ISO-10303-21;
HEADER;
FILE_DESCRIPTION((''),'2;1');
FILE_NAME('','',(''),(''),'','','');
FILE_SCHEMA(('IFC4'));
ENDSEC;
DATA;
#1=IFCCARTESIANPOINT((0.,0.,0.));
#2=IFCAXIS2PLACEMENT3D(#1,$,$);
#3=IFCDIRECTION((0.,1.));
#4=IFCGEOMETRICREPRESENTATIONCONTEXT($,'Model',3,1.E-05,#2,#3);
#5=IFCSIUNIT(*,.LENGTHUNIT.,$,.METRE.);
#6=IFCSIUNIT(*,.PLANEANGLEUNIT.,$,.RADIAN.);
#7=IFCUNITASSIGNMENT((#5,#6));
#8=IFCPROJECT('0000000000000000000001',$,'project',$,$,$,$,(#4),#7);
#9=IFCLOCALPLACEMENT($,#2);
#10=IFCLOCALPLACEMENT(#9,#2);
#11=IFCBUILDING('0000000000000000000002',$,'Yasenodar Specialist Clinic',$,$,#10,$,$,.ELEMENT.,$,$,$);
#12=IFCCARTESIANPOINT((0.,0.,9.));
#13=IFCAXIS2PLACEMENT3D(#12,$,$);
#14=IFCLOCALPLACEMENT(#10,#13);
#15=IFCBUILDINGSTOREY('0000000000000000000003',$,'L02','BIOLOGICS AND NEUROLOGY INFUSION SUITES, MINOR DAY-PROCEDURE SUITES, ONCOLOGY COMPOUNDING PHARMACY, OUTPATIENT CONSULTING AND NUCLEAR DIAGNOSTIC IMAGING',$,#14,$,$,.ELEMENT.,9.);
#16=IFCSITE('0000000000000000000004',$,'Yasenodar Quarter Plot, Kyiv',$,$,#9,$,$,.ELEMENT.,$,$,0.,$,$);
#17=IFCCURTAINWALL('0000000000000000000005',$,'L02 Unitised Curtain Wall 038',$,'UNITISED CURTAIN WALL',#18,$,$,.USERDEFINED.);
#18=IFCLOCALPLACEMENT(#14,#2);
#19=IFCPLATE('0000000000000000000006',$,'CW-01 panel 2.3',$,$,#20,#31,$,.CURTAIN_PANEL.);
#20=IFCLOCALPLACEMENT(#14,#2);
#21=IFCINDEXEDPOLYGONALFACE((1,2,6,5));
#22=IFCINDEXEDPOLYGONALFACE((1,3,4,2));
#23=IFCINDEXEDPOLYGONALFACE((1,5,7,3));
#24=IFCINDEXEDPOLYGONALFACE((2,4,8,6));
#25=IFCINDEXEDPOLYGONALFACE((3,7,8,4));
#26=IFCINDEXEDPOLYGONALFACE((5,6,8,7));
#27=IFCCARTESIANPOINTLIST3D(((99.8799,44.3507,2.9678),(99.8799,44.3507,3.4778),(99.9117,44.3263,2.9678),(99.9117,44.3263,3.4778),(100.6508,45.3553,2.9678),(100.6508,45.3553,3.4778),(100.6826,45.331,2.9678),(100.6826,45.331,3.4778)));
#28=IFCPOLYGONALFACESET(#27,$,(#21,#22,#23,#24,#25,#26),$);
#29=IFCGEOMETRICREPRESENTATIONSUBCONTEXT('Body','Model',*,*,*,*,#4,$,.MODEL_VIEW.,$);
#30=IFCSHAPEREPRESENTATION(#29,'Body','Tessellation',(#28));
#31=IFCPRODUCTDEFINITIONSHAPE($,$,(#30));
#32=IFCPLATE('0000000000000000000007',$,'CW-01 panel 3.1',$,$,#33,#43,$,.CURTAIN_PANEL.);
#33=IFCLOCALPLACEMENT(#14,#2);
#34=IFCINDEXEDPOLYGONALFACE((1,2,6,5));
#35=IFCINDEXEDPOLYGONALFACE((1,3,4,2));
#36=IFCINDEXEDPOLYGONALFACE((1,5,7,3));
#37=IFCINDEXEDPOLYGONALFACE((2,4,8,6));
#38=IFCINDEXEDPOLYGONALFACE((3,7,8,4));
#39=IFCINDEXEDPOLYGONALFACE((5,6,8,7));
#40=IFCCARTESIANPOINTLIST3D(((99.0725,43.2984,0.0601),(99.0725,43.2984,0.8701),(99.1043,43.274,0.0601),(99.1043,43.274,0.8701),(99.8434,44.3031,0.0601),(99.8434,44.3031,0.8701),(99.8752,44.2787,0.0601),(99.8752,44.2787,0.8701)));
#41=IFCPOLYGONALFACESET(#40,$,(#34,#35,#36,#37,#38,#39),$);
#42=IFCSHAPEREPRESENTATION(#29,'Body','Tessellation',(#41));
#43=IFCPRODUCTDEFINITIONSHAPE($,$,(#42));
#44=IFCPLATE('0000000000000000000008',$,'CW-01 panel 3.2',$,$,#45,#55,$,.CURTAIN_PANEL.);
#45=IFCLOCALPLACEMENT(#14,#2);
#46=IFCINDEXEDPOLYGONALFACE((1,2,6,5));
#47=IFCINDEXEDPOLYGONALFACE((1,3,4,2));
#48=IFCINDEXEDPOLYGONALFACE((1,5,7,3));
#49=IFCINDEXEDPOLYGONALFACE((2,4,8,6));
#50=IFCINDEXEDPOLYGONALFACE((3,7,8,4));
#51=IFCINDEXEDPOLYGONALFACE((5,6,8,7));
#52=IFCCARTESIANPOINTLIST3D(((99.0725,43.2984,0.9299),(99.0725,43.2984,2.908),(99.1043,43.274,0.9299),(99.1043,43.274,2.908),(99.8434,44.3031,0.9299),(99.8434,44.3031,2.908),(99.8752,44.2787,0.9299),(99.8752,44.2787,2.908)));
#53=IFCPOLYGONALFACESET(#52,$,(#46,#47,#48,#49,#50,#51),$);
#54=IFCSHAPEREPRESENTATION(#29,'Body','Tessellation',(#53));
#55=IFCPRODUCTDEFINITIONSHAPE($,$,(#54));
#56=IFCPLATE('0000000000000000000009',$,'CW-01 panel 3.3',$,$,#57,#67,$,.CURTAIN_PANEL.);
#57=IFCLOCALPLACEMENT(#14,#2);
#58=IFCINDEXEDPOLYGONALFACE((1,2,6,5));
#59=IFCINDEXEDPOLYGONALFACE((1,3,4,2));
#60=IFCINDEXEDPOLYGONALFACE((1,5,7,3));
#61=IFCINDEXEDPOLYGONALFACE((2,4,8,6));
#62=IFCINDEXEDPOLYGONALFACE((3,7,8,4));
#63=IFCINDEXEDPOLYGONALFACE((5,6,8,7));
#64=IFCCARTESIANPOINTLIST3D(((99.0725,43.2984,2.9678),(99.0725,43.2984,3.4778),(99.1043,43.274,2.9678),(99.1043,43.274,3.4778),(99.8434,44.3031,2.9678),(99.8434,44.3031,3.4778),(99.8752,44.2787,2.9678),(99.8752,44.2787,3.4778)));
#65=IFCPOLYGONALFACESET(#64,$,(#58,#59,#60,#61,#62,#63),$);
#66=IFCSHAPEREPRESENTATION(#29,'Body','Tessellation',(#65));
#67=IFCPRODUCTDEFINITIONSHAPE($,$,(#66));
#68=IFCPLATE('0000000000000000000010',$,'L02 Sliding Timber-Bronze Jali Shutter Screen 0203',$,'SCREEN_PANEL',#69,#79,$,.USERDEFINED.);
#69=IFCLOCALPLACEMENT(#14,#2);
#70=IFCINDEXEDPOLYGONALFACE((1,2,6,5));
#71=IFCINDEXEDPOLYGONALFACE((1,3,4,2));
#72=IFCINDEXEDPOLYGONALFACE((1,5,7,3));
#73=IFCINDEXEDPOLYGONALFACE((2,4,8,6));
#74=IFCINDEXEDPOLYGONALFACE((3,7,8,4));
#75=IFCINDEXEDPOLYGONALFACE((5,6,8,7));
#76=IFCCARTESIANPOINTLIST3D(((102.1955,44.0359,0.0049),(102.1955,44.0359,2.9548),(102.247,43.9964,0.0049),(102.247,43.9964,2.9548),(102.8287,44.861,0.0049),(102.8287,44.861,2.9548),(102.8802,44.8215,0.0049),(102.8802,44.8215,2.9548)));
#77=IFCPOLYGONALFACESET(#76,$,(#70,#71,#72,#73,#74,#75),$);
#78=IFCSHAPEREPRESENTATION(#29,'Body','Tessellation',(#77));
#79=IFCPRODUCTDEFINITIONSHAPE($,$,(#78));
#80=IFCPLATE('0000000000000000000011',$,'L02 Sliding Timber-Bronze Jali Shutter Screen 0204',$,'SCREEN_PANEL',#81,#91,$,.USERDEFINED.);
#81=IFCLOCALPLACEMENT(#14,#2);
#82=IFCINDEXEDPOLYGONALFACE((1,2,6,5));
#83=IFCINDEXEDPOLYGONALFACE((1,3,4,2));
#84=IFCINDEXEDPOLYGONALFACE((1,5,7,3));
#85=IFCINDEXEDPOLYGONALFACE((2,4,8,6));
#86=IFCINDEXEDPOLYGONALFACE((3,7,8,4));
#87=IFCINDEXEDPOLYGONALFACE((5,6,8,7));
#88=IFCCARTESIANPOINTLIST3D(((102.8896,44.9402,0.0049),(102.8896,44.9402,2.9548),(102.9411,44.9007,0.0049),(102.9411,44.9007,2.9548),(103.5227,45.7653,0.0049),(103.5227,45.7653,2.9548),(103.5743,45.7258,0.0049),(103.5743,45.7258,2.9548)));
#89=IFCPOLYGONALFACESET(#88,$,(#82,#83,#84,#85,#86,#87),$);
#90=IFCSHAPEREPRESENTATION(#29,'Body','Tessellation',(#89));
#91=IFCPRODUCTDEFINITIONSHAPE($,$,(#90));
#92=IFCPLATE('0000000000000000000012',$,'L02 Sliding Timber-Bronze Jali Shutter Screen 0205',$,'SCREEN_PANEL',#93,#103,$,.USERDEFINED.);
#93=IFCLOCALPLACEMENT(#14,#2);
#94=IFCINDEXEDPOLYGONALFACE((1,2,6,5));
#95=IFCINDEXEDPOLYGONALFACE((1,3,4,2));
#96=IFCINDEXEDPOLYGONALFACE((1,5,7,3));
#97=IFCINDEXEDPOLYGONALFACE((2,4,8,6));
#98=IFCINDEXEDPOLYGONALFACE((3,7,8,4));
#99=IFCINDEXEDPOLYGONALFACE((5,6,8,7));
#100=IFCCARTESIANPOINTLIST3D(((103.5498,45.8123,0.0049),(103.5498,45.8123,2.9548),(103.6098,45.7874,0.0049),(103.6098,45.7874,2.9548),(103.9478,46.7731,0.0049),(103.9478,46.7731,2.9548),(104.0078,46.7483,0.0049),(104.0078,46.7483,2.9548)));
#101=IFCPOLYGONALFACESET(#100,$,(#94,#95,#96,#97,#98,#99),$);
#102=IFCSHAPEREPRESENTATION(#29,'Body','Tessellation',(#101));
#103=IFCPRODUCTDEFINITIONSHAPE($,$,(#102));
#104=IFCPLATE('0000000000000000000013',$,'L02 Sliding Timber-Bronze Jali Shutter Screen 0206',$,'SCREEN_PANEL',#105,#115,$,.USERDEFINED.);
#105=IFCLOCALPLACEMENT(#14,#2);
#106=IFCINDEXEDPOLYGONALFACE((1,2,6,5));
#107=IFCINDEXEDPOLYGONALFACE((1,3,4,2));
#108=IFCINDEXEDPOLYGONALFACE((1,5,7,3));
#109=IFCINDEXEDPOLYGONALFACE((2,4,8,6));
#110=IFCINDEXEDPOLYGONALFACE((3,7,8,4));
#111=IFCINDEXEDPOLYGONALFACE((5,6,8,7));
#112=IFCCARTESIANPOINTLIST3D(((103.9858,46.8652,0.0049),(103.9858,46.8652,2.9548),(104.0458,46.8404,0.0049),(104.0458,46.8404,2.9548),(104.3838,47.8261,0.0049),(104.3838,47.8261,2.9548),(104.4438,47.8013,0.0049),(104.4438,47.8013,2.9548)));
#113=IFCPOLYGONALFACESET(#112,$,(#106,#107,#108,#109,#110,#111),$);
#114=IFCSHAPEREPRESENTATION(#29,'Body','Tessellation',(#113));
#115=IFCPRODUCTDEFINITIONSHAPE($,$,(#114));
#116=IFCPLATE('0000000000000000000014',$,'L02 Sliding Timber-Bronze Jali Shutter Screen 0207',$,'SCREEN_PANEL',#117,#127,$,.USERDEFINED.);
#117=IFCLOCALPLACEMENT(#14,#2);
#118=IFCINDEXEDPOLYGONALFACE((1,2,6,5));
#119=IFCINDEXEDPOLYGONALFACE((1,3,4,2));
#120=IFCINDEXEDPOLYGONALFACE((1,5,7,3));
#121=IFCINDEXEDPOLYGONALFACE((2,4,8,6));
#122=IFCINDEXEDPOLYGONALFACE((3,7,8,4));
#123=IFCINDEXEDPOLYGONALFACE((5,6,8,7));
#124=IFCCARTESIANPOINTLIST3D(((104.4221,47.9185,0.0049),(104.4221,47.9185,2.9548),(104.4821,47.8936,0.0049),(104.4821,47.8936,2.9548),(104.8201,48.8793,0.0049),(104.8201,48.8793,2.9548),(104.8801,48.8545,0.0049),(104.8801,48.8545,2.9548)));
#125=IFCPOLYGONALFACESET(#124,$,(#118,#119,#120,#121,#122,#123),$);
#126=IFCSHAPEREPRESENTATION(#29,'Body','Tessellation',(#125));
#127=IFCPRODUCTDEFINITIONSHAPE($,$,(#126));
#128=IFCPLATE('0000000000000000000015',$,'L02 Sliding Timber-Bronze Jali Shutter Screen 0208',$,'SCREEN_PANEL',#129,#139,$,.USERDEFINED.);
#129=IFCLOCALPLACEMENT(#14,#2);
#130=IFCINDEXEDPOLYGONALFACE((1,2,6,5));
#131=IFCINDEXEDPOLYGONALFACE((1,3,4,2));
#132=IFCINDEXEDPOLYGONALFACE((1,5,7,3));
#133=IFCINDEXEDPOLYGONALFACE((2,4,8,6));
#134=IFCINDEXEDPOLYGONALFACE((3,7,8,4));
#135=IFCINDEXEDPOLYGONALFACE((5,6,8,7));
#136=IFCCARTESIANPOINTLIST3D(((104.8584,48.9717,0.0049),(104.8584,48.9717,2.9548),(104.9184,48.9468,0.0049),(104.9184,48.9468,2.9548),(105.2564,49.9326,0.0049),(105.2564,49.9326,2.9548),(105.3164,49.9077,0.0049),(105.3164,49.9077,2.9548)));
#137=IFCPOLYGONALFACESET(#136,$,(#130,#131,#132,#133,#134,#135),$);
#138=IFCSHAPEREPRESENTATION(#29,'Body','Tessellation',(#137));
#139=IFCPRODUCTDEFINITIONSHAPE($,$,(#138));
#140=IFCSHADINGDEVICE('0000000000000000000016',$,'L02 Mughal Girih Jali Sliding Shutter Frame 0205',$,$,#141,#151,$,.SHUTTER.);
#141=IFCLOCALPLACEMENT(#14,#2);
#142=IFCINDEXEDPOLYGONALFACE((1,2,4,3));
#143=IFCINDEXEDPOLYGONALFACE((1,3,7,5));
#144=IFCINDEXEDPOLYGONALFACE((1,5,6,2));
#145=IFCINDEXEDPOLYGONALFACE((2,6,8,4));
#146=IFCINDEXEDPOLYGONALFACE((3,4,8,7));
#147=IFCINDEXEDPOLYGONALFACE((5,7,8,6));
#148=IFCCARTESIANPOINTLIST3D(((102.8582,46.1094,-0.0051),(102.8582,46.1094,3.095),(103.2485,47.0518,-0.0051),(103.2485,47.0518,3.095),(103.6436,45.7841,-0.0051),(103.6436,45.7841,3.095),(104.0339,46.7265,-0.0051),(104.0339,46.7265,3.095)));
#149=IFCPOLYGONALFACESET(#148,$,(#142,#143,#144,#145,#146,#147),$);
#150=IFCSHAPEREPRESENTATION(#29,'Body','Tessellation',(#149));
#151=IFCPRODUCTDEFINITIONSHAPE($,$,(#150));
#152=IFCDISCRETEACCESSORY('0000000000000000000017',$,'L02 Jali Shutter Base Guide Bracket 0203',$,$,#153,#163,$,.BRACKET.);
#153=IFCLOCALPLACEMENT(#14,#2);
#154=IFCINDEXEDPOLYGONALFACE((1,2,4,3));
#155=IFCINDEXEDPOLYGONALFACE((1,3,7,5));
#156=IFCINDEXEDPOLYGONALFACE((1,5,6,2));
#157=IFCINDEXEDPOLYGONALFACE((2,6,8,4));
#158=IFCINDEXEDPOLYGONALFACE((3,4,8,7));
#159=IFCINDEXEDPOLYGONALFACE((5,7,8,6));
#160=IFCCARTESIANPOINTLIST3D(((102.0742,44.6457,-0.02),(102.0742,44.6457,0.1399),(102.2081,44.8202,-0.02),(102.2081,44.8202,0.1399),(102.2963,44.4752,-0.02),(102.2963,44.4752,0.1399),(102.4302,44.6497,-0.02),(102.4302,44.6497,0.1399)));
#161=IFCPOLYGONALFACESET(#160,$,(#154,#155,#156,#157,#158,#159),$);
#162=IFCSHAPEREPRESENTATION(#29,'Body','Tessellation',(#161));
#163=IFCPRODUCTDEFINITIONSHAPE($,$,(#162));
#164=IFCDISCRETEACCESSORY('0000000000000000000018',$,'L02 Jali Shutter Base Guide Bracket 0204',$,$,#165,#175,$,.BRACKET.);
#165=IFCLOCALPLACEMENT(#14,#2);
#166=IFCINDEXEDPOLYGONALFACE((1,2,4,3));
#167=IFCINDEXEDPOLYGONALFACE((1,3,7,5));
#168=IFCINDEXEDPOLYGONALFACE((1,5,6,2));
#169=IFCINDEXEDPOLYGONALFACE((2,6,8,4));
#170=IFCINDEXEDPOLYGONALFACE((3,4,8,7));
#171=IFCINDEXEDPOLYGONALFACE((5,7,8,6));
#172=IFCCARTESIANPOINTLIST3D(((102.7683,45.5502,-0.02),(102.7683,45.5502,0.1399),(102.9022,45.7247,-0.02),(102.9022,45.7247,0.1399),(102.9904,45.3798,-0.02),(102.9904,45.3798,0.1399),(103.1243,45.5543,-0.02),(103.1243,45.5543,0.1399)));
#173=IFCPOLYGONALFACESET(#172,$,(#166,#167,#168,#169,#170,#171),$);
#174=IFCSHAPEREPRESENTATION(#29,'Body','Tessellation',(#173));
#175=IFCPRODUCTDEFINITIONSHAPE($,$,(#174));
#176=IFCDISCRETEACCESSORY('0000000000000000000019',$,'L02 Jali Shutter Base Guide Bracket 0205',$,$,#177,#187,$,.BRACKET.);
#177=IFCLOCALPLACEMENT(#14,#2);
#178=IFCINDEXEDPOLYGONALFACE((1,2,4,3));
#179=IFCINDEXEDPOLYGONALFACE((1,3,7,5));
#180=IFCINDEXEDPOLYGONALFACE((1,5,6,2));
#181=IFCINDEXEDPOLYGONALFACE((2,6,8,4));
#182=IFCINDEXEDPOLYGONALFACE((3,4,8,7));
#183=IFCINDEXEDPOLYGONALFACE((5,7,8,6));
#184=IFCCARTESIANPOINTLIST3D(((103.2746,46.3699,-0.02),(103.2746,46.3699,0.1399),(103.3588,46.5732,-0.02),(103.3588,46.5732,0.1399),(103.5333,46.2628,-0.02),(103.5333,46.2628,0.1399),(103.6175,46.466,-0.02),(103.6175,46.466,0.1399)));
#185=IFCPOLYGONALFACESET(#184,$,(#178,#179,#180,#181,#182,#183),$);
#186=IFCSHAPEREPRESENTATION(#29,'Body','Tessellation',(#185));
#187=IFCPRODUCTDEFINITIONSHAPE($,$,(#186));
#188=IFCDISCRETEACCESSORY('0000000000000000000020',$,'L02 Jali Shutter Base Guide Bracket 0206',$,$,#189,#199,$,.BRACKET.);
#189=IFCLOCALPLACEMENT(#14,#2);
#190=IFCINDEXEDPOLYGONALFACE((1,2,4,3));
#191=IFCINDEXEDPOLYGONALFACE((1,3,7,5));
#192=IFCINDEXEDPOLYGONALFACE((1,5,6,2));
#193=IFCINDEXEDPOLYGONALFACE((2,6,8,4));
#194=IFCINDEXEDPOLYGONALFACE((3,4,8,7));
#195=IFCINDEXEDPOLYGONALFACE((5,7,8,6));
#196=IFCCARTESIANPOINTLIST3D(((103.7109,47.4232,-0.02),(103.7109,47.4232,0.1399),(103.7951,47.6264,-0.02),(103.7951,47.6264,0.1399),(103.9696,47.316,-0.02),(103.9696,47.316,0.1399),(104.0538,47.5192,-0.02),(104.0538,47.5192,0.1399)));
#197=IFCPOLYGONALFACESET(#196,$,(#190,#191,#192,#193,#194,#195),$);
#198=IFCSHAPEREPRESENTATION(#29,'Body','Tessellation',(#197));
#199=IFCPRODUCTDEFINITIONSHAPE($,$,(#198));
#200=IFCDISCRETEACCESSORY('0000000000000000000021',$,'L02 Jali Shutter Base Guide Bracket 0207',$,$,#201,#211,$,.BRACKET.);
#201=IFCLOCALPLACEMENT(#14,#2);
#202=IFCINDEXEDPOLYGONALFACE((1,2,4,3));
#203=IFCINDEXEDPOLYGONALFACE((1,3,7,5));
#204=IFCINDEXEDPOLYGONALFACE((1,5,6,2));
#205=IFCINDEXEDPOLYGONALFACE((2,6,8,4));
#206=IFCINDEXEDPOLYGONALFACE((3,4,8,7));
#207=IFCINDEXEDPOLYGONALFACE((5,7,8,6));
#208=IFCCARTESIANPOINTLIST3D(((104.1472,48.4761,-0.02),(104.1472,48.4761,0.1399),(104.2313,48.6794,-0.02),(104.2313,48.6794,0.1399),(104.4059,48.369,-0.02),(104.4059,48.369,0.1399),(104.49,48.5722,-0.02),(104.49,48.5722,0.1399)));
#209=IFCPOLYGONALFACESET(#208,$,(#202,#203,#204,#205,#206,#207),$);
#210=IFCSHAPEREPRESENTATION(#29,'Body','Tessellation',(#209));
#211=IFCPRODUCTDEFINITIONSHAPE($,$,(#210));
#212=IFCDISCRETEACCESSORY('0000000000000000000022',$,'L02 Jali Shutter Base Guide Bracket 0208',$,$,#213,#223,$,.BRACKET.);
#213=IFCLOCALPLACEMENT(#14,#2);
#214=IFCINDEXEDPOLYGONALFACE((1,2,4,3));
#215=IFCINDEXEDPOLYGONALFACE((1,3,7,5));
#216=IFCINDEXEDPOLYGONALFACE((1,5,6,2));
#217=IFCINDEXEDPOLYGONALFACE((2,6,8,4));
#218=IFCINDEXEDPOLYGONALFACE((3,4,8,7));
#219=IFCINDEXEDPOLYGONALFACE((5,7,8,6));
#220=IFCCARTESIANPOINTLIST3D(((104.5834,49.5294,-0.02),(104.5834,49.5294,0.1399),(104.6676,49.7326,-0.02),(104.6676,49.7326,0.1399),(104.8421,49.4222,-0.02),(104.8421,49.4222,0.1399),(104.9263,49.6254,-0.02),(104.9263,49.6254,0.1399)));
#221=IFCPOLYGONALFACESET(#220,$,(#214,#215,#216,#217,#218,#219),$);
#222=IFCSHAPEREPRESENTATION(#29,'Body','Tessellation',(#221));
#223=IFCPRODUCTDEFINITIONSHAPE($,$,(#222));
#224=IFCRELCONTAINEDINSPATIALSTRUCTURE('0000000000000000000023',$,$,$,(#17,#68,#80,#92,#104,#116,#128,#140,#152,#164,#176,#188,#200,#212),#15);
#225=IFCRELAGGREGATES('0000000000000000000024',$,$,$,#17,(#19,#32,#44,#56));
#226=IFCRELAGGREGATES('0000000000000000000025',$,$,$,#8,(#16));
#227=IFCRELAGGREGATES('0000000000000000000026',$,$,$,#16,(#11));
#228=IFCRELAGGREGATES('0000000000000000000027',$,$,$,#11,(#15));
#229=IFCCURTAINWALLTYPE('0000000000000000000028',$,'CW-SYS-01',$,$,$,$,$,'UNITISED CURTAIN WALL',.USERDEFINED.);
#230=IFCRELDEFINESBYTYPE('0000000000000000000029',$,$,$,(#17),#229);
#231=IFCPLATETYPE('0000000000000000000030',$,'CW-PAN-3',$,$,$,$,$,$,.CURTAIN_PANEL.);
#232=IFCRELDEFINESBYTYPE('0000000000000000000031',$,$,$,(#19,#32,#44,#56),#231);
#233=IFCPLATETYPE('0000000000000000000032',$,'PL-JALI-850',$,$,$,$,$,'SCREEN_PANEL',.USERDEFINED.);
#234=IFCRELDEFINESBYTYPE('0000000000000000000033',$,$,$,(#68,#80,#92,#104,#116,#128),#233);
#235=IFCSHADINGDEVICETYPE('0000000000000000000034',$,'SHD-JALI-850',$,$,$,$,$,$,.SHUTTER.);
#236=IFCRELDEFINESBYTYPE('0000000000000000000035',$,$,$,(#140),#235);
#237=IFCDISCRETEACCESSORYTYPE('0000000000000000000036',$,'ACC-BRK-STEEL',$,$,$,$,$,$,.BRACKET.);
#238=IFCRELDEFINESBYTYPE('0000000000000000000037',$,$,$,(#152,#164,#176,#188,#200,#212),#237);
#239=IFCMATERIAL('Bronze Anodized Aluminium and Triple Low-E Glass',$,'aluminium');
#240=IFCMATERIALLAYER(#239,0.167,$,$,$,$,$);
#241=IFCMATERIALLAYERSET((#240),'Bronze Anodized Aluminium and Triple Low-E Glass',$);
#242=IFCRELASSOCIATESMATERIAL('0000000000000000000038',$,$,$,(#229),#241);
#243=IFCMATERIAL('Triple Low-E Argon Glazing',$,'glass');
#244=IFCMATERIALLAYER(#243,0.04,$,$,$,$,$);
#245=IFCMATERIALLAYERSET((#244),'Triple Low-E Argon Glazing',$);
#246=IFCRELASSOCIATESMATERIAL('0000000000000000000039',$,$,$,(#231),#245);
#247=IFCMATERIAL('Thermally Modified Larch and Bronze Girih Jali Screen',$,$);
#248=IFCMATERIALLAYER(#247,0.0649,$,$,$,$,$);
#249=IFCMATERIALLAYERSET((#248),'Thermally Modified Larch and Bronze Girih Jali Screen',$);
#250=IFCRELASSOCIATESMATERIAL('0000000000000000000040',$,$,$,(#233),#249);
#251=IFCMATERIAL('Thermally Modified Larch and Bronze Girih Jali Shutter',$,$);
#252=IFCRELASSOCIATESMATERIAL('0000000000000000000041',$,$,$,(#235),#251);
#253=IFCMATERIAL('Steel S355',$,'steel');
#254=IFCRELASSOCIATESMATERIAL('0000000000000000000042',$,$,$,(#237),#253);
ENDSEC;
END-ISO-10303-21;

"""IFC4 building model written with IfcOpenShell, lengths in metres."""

from ifc_helpers import new_model, si_unit, direction, frame, origin, origin_2d, place, context, subcontext, project, spatial, rectangle, extrude, material, layer, layer_set, type_object, element, aggregate, save


model = new_model("IFC4")

# Units and contexts
model_context = context("Model", 3, precision=1e-05, world=origin(), true_north=direction((0.0, 1.0)))
body_context = subcontext(model_context, "Body", "Model", "MODEL_VIEW")
ifc_project = project(units=[si_unit("LENGTHUNIT", "METRE"), si_unit("PLANEANGLEUNIT", "RADIAN")], contexts=[model_context])

# Site, building, storey
site_placement = place(None, origin())
site = spatial("IfcSite", under=ifc_project, at=site_placement, Name="Yasenodar Quarter Plot, Kyiv", CompositionType="ELEMENT", RefElevation=0.0)
building_placement = place(site_placement, origin())
building = spatial("IfcBuilding", under=site, at=building_placement, Name="Yasenodar Specialist Clinic", CompositionType="ELEMENT")
storey_placement = place(building_placement, frame((0.0, 0.0, 9.0)))
storey = spatial("IfcBuildingStorey", under=building, at=storey_placement, Name="L02", Description="BIOLOGICS AND NEUROLOGY INFUSION SUITES, MINOR DAY-PROCEDURE SUITES, ONCOLOGY COMPOUNDING PHARMACY, OUTPATIENT CONSULTING AND NUCLEAR DIAGNOSTIC IMAGING", CompositionType="ELEMENT", Elevation=9.0)

# Shared definitions
ifc_material_1 = material(Name="Steel S355", Category="steel")

# Curtain wall, plates
ifc_material_2 = material(Name="Bronze Anodized Aluminium and Triple Low-E Glass", Category="aluminium")
ifc_layer_1 = layer(ifc_material_2, 0.167)
ifc_layer_set_1 = layer_set([ifc_layer_1], Name="Bronze Anodized Aluminium and Triple Low-E Glass")
curtain_wall_type = type_object("IfcCurtainWallType", Name="CW-SYS-01", ElementType="UNITISED CURTAIN WALL", PredefinedType="USERDEFINED", material=ifc_layer_set_1)
curtain_wall_placement = place(storey_placement, origin())
curtain_wall = element("IfcCurtainWall", 1, at=curtain_wall_placement, inside=storey, type_object=curtain_wall_type, Name="L02 Unitised Curtain Wall 038", ObjectType="UNITISED CURTAIN WALL", PredefinedType="USERDEFINED")
ifc_material_3 = material(Name="Triple Low-E Argon Glazing", Category="glass")
ifc_layer_2 = layer(ifc_material_3, 0.04)
ifc_layer_set_2 = layer_set([ifc_layer_2], Name="Triple Low-E Argon Glazing")
plate_type_1 = type_object("IfcPlateType", Name="CW-PAN-3", PredefinedType="CURTAIN_PANEL", material=ifc_layer_set_2)
plate_1_placement = place(storey_placement, frame((100.2812, 44.8408, 2.9678), z_axis=(0.0, 0.0, 1.0), x_axis=(-0.608752, -0.793361, 0.0)))
plate_1 = element("IfcPlate", 2, at=plate_1_placement, type_object=plate_type_1, Name="CW-01 panel 2.3", PredefinedType="CURTAIN_PANEL", context=body_context, shape_type="SweptSolid", body=[
    extrude(rectangle(XDim=1.2664, YDim=0.04, at=origin_2d()), origin(), (0.0, 0.0, 1.0), 0.51),
])
plate_2_placement = place(storey_placement, frame((99.4739, 43.7886, 0.0601), z_axis=(0.0, 0.0, 1.0), x_axis=(-0.608752, -0.793361, 0.0)))
plate_2 = element("IfcPlate", 3, at=plate_2_placement, type_object=plate_type_1, Name="CW-01 panel 3.1", PredefinedType="CURTAIN_PANEL", context=body_context, shape_type="SweptSolid", body=[
    extrude(rectangle(XDim=1.2664, YDim=0.04, at=origin_2d()), origin(), (0.0, 0.0, 1.0), 0.8101),
])
plate_3_placement = place(storey_placement, frame((99.4739, 43.7886, 0.9299), z_axis=(0.0, 0.0, 1.0), x_axis=(-0.608752, -0.793361, 0.0)))
plate_3 = element("IfcPlate", 4, at=plate_3_placement, type_object=plate_type_1, Name="CW-01 panel 3.2", PredefinedType="CURTAIN_PANEL", context=body_context, shape_type="SweptSolid", body=[
    extrude(rectangle(XDim=1.2664, YDim=0.04, at=origin_2d()), origin(), (0.0, 0.0, 1.0), 1.978),
])
plate_4_placement = place(storey_placement, frame((99.4739, 43.7886, 2.9678), z_axis=(0.0, 0.0, 1.0), x_axis=(-0.608752, -0.793361, 0.0)))
plate_4 = element("IfcPlate", 5, at=plate_4_placement, type_object=plate_type_1, Name="CW-01 panel 3.3", PredefinedType="CURTAIN_PANEL", context=body_context, shape_type="SweptSolid", body=[
    extrude(rectangle(XDim=1.2664, YDim=0.04, at=origin_2d()), origin(), (0.0, 0.0, 1.0), 0.51),
])
aggregate(curtain_wall, [plate_1, plate_2, plate_3, plate_4])

# Plates
ifc_material_4 = material(Name="Thermally Modified Larch and Bronze Girih Jali Screen")
ifc_layer_3 = layer(ifc_material_4, 0.0649)
ifc_layer_set_3 = layer_set([ifc_layer_3], Name="Thermally Modified Larch and Bronze Girih Jali Screen")
plate_type_2 = type_object("IfcPlateType", Name="PL-JALI-850", ElementType="SCREEN_PANEL", PredefinedType="USERDEFINED", material=ifc_layer_set_3)
for number, where, z_axis, x_axis, name in (
    (6, (102.5378, 44.4287, 0.0049), (0.0, 0.0, 1.0), (0.608764, 0.793351, 0.0), "L02 Sliding Timber-Bronze Jali Shutter Screen 0203"),
    (7, (103.2319, 45.333, 0.0049), (0.0, 0.0, 1.0), (0.608764, 0.793351, 0.0), "L02 Sliding Timber-Bronze Jali Shutter Screen 0204"),
    (8, (103.7788, 46.2803, 0.0049), (0.0, 0.0, 1.0), (0.382687, 0.923878, 0.0), "L02 Sliding Timber-Bronze Jali Shutter Screen 0205"),
    (9, (104.2148, 47.3333, 0.0049), (0.0, 0.0, 1.0), (0.382687, 0.923878, 0.0), "L02 Sliding Timber-Bronze Jali Shutter Screen 0206"),
    (10, (104.6511, 48.3865, 0.0049), (0.0, 0.0, 1.0), (0.382687, 0.923878, 0.0), "L02 Sliding Timber-Bronze Jali Shutter Screen 0207"),
    (11, (105.0874, 49.4397, 0.0049), (0.0, 0.0, 1.0), (0.382687, 0.923878, 0.0), "L02 Sliding Timber-Bronze Jali Shutter Screen 0208"),
):
    element("IfcPlate", number, at=place(storey_placement, frame(where, z_axis=z_axis, x_axis=x_axis)), inside=storey, type_object=plate_type_2, Name=name, ObjectType="SCREEN_PANEL", PredefinedType="USERDEFINED", context=body_context, shape_type="SweptSolid", body=[
        extrude(rectangle(XDim=1.04, YDim=0.0649, at=origin_2d()), origin(), (0.0, 0.0, 1.0), 2.95),
    ])

# Shading device
ifc_material_5 = material(Name="Thermally Modified Larch and Bronze Girih Jali Shutter")
shading_device_type = type_object("IfcShadingDeviceType", Name="SHD-JALI-850", PredefinedType="SHUTTER", material=ifc_material_5)
shading_device_placement = place(storey_placement, frame((103.446, 46.418, -0.0051), z_axis=(0.0, 0.0, 1.0), x_axis=(0.382687, 0.923878, 0.0)))
element("IfcShadingDevice", 12, at=shading_device_placement, inside=storey, type_object=shading_device_type, Name="L02 Mughal Girih Jali Sliding Shutter Frame 0205", PredefinedType="SHUTTER", context=body_context, shape_type="SweptSolid", body=[
    extrude(rectangle(XDim=1.02, YDim=0.8501, at=origin_2d()), origin(), (0.0, 0.0, 1.0), 3.1001),
])

# Discrete accessories
discrete_accessory_type = type_object("IfcDiscreteAccessoryType", Name="ACC-BRK-STEEL", PredefinedType="BRACKET", material=ifc_material_1)
for number, where, z_axis, x_axis, name in (
    (13, (102.2522, 44.6477, -0.02), (0.0, 0.0, 1.0), (0.608764, 0.793351, 0.0), "L02 Jali Shutter Base Guide Bracket 0203"),
    (14, (102.9463, 45.5522, -0.02), (0.0, 0.0, 1.0), (0.608764, 0.793351, 0.0), "L02 Jali Shutter Base Guide Bracket 0204"),
    (15, (103.446, 46.418, -0.02), (0.0, 0.0, 1.0), (0.382687, 0.923878, 0.0), "L02 Jali Shutter Base Guide Bracket 0205"),
    (16, (103.8823, 47.4712, -0.02), (0.0, 0.0, 1.0), (0.382687, 0.923878, 0.0), "L02 Jali Shutter Base Guide Bracket 0206"),
    (17, (104.3186, 48.5242, -0.02), (0.0, 0.0, 1.0), (0.382687, 0.923878, 0.0), "L02 Jali Shutter Base Guide Bracket 0207"),
    (18, (104.7549, 49.5774, -0.02), (0.0, 0.0, 1.0), (0.382687, 0.923878, 0.0), "L02 Jali Shutter Base Guide Bracket 0208"),
):
    element("IfcDiscreteAccessory", number, at=place(storey_placement, frame(where, z_axis=z_axis, x_axis=x_axis)), inside=storey, type_object=discrete_accessory_type, Name=name, PredefinedType="BRACKET", context=body_context, shape_type="SweptSolid", body=[
        extrude(rectangle(XDim=0.22, YDim=0.28, at=origin_2d()), origin(), (0.0, 0.0, 1.0), 0.1599),
    ])

save(model, "model.ifc")
